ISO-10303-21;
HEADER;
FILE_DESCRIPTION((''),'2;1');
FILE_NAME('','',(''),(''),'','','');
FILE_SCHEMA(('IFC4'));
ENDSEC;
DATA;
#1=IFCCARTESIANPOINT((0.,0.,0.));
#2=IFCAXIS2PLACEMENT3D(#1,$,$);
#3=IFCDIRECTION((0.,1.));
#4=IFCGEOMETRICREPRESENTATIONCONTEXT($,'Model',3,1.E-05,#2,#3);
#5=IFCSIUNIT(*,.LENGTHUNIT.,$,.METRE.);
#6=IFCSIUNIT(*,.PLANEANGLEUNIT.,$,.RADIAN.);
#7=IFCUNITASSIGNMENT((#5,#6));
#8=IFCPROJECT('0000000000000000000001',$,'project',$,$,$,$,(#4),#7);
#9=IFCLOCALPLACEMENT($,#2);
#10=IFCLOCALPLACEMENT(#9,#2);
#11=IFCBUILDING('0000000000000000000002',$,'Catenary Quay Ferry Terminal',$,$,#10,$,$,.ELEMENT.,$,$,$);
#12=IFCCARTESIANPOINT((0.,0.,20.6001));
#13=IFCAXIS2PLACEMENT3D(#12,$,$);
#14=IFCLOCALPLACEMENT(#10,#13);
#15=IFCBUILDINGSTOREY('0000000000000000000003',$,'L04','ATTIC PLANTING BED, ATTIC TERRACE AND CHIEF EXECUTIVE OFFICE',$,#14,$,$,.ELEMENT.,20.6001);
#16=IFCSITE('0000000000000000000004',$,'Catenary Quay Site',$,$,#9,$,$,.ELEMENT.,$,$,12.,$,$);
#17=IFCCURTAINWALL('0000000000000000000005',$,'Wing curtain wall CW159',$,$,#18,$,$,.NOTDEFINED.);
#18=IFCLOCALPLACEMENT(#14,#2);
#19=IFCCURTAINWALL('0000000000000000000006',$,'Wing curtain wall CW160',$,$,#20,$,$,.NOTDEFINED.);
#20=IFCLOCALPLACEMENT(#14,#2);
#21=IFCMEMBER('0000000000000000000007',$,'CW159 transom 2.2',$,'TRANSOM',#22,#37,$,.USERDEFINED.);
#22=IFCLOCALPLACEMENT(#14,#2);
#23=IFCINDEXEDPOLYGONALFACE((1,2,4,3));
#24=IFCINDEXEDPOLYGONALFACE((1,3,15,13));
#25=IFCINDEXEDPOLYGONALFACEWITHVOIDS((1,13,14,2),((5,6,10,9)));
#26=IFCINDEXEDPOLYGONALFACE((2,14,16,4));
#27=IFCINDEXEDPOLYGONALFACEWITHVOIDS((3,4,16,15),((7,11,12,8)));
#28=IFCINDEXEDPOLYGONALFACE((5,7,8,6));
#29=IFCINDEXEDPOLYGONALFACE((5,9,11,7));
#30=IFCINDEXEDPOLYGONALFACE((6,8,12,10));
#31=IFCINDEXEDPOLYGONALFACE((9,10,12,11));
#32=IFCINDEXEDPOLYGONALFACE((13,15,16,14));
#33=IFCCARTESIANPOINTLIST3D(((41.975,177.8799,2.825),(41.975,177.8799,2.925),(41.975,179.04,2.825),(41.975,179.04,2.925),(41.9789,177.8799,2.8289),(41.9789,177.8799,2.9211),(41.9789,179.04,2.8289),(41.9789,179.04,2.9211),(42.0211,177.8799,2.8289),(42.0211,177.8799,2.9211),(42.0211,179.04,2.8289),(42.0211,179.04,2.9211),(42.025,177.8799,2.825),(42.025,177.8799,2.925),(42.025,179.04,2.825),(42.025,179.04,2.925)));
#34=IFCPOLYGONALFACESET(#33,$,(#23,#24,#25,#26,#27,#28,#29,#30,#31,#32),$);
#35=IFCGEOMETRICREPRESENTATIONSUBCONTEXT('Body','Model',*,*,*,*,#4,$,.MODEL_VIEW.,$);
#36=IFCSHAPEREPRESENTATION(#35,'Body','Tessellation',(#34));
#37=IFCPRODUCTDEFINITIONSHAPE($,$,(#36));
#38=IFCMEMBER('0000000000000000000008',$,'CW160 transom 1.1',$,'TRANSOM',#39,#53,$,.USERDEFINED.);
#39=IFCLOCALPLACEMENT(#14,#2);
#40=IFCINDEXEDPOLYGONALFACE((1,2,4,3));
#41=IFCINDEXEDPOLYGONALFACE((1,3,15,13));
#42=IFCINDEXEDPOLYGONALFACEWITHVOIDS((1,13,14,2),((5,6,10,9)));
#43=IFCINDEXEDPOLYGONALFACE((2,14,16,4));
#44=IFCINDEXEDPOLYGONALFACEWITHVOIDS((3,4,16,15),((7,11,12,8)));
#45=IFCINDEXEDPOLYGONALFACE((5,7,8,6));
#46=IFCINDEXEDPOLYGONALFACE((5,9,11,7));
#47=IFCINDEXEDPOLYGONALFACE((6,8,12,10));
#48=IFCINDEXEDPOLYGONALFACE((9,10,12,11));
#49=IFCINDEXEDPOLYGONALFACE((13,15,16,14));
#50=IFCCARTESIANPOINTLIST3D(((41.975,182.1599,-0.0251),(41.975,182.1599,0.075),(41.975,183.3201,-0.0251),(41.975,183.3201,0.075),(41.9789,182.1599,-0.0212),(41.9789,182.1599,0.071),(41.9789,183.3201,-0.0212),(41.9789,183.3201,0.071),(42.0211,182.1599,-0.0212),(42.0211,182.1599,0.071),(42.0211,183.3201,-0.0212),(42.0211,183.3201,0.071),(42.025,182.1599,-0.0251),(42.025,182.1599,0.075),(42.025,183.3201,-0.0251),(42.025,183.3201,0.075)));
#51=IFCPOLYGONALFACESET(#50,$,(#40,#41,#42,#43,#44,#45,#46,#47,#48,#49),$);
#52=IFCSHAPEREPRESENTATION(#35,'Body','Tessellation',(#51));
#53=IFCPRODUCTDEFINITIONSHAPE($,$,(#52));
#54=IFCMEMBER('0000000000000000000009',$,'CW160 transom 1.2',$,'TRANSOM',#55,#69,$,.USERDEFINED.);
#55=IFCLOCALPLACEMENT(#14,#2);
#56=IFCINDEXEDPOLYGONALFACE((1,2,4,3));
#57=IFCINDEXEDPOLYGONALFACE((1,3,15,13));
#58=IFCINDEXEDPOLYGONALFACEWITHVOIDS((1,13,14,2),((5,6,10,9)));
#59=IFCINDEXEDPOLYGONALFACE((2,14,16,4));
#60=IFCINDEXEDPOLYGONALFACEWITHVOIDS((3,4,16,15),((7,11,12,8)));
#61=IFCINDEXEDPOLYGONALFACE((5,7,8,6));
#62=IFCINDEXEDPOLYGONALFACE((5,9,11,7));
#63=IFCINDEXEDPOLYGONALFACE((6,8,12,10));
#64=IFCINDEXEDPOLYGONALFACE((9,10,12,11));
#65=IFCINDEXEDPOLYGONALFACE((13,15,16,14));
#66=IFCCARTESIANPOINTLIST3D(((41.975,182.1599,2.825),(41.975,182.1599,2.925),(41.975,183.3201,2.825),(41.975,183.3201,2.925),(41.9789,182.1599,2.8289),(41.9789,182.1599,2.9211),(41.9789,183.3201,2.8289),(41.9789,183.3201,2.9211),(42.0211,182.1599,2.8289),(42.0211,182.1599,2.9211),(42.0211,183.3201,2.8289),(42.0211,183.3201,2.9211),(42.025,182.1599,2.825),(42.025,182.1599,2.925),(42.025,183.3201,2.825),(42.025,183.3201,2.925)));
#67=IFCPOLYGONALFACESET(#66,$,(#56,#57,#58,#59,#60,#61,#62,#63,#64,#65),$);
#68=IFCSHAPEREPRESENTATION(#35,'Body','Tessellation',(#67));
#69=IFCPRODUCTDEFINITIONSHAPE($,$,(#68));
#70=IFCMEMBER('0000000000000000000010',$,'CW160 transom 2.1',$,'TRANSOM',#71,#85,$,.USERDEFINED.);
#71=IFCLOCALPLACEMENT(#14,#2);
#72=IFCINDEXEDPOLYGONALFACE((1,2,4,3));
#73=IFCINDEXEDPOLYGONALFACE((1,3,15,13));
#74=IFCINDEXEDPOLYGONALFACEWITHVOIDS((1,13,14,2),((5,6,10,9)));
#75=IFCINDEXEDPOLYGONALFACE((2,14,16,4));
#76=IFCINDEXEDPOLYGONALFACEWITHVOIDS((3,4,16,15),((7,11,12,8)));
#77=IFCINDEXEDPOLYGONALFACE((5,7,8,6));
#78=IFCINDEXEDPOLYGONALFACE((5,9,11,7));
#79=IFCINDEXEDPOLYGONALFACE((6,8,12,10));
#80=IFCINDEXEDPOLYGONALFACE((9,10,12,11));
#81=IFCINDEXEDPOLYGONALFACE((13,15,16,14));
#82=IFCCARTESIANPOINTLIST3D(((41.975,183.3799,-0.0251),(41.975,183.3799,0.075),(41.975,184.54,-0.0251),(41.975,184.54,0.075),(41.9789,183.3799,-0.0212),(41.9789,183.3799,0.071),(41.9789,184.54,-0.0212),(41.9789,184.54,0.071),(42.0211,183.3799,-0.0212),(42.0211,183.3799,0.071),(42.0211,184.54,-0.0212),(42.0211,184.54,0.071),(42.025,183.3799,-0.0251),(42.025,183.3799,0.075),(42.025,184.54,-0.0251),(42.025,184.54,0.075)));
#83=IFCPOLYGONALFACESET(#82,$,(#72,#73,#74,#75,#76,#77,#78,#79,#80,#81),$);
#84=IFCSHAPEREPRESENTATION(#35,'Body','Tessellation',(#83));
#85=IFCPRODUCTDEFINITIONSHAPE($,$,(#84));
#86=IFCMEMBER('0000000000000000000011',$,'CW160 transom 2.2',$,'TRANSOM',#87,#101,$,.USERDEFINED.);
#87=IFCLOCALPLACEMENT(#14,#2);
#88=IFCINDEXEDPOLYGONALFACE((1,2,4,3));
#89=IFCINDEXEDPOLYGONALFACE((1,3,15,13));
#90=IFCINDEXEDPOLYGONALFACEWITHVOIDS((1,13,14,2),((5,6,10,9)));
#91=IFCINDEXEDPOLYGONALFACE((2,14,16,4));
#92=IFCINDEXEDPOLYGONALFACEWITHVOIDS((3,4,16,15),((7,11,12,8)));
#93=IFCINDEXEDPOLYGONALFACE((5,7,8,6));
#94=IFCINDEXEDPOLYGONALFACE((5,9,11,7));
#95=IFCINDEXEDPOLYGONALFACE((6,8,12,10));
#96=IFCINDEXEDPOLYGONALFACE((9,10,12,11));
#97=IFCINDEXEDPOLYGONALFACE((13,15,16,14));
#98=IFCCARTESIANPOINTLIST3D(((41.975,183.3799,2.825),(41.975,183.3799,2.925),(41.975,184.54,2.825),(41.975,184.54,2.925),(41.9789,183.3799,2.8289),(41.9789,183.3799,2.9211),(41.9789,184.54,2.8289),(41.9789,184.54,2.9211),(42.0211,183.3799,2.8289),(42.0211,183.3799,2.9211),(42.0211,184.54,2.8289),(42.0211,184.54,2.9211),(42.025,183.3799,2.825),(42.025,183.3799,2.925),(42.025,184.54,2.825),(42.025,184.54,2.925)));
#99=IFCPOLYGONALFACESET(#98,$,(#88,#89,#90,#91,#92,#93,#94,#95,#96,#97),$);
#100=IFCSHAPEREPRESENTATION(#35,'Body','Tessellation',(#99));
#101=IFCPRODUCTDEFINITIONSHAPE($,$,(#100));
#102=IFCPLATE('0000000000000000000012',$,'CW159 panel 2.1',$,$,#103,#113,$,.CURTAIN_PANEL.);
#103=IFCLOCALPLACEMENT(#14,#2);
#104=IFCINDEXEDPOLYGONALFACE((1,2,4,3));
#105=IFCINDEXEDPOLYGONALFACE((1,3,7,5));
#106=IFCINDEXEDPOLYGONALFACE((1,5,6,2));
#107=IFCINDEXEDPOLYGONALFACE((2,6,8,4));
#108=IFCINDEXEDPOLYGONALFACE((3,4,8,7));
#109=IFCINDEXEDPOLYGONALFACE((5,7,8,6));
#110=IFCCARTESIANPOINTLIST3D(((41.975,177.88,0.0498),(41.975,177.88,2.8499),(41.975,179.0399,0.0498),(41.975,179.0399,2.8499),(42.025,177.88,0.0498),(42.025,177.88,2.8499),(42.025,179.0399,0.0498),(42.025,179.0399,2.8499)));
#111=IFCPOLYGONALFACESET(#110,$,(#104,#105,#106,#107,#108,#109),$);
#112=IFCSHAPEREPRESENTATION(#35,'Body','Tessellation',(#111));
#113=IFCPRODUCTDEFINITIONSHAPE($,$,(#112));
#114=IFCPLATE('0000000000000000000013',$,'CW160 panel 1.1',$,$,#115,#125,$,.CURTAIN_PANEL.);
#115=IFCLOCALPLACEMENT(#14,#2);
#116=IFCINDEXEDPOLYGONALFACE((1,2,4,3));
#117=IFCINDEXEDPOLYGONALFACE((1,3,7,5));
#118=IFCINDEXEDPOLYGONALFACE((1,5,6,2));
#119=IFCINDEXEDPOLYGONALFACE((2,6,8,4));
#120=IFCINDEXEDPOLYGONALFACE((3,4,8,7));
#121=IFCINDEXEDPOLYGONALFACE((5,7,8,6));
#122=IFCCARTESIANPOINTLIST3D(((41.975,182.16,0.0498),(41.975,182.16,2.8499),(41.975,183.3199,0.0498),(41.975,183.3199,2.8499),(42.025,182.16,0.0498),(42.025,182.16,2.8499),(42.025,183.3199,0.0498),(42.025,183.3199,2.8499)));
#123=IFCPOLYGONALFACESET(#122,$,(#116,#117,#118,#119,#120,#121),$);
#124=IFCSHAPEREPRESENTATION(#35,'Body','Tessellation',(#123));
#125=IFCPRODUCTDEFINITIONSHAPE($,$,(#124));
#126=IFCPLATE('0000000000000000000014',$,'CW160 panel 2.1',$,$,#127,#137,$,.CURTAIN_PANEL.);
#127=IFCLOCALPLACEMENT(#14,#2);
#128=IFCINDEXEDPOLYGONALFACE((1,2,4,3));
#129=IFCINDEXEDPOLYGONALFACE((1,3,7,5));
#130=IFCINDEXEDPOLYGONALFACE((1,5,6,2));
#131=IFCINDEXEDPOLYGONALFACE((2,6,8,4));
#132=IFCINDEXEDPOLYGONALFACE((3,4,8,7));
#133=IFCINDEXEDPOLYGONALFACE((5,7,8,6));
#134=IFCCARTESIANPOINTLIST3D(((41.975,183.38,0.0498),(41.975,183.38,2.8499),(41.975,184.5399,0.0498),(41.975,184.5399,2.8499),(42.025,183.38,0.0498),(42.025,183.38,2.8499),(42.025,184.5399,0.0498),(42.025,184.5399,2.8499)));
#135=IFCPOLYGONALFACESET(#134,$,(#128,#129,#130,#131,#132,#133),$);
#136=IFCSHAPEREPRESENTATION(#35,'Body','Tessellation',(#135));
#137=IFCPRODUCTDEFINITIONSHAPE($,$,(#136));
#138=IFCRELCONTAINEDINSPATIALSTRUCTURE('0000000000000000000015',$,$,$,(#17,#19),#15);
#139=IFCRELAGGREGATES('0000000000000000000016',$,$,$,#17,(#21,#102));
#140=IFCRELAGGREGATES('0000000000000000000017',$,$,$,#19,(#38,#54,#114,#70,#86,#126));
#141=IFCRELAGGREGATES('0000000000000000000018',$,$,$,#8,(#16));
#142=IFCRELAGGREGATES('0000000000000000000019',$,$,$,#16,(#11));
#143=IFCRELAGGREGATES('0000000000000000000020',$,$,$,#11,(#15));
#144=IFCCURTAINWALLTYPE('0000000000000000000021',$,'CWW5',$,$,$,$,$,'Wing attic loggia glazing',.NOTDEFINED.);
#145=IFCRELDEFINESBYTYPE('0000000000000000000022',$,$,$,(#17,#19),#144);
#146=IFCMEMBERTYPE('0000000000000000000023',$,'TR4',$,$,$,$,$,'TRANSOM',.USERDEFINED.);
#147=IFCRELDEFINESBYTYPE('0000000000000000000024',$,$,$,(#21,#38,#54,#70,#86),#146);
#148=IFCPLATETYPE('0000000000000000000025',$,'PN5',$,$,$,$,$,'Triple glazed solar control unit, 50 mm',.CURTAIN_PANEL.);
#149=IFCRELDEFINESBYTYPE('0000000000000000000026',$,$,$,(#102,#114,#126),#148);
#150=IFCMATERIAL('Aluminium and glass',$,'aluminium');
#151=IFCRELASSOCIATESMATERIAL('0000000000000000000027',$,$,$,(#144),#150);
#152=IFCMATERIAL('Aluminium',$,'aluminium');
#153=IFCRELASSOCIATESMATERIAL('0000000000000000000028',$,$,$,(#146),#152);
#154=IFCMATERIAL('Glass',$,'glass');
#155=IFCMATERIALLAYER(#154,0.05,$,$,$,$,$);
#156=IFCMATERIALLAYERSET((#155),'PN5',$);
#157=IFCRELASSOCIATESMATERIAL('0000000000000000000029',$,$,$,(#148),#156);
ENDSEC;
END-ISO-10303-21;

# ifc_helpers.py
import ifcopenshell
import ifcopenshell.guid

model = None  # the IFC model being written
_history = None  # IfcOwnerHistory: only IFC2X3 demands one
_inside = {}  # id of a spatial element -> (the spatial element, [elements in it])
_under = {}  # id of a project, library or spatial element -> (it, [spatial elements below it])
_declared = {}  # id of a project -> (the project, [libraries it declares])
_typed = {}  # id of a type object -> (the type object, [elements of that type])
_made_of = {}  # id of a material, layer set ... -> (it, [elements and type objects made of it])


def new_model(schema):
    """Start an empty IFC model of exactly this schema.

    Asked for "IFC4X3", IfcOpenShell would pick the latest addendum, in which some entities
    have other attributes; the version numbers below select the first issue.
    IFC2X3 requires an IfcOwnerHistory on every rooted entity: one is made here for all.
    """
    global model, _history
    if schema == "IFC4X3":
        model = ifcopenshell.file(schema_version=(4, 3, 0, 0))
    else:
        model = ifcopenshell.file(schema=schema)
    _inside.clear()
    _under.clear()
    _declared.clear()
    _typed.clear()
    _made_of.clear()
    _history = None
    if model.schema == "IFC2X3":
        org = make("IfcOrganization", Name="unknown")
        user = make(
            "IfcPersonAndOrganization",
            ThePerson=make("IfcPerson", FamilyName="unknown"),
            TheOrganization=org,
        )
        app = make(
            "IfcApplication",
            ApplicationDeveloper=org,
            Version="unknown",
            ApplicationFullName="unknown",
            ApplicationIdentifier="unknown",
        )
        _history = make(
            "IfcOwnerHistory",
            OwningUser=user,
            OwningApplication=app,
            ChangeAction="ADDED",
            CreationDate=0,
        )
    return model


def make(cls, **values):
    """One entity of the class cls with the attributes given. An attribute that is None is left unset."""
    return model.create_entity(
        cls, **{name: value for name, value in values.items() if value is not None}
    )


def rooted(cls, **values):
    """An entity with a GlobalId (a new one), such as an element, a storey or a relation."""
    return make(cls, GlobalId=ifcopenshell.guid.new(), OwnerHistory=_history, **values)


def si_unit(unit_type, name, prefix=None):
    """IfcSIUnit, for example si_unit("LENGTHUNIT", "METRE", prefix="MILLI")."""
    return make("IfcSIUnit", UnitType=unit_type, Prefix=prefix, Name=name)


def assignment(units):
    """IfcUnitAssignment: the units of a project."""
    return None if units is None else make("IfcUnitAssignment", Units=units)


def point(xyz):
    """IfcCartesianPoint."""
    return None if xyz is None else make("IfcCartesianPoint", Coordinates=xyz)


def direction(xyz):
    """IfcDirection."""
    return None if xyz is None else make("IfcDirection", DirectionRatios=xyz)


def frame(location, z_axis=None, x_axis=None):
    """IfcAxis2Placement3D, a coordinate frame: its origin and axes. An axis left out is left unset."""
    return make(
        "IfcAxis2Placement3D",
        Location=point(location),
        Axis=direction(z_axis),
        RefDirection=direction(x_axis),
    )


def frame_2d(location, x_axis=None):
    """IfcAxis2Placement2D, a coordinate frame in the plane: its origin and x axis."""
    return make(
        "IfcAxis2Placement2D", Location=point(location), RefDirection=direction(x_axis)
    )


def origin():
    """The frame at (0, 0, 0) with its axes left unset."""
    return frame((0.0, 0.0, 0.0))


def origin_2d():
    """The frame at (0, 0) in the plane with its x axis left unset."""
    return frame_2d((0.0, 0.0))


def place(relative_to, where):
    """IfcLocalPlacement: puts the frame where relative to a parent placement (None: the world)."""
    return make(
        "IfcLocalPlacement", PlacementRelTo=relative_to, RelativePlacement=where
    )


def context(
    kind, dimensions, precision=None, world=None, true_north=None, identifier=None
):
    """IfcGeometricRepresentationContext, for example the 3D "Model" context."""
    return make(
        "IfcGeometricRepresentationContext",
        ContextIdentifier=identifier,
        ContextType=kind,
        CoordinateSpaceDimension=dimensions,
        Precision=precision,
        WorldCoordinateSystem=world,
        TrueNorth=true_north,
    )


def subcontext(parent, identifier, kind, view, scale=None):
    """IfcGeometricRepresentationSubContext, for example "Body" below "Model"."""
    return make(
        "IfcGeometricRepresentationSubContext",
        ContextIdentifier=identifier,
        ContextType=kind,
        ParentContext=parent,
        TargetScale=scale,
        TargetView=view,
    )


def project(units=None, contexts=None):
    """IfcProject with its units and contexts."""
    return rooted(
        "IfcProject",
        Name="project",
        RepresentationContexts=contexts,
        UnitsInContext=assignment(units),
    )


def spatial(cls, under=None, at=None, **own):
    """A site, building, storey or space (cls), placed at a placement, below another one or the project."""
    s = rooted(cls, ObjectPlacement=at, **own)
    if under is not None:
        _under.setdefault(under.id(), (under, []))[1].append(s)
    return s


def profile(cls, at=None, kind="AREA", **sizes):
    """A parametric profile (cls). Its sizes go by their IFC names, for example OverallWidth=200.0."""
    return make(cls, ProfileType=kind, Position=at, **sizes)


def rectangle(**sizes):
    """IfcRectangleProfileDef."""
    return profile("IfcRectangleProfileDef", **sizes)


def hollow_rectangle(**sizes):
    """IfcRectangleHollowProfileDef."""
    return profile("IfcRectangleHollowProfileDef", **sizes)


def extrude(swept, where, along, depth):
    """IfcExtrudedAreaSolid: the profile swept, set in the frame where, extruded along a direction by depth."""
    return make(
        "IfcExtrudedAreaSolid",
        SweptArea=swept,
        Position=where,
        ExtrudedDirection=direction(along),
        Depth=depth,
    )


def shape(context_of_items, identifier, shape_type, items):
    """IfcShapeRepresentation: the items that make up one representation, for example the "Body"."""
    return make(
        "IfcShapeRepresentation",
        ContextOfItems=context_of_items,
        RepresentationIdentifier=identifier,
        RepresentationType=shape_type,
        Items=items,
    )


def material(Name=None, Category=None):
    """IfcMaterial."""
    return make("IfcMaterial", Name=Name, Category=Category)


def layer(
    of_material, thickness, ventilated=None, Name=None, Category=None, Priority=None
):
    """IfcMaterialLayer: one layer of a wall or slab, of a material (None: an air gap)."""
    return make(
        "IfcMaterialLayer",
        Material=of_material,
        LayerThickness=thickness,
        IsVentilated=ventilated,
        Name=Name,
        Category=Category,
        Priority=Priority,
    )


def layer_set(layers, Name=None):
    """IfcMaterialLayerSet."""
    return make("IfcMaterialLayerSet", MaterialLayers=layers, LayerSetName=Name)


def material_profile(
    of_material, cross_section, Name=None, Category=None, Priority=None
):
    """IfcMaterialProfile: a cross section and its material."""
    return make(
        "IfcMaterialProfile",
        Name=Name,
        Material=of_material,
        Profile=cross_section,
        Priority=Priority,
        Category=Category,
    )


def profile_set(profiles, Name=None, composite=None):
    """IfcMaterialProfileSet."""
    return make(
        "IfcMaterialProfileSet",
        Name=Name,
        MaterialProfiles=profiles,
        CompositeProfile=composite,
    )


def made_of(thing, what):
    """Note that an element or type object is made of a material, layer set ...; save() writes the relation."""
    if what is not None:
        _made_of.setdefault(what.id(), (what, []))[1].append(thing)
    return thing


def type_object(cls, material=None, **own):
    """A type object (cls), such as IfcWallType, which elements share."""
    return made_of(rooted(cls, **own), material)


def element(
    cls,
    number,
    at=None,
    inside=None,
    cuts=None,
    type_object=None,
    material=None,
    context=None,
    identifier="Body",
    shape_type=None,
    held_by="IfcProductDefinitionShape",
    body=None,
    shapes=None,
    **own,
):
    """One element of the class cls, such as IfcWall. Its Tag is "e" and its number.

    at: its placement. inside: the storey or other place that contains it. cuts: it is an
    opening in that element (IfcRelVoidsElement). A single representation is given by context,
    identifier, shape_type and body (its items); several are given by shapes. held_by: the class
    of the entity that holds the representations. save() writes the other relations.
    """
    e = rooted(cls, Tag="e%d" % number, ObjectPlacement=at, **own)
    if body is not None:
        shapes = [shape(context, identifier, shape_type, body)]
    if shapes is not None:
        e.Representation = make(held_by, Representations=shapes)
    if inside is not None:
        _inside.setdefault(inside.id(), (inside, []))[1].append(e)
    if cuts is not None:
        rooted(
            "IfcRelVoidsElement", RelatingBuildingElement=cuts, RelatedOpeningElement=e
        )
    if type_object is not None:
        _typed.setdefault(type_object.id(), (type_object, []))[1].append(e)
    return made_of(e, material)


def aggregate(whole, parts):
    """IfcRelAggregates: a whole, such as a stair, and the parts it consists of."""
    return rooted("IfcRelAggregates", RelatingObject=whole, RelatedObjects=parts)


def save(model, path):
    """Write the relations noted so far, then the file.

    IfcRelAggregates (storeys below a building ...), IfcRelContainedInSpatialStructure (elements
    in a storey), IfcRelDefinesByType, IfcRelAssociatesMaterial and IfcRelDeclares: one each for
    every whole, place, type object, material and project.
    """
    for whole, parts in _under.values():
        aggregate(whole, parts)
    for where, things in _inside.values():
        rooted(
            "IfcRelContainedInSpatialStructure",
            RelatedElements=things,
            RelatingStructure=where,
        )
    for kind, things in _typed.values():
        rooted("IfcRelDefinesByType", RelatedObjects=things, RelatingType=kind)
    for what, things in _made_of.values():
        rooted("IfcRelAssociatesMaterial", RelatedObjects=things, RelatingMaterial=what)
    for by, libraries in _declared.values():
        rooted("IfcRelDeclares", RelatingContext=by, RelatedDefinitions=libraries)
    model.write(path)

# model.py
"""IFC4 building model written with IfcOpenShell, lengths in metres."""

from ifc_helpers import new_model, si_unit, direction, frame, origin, origin_2d, place, context, subcontext, project, spatial, rectangle, hollow_rectangle, extrude, material, layer, layer_set, material_profile, profile_set, type_object, element, aggregate, save


model = new_model("IFC4")

# Units and contexts
model_context = context("Model", 3, precision=1e-05, world=origin(), true_north=direction((0.0, 1.0)))
body_context = subcontext(model_context, "Body", "Model", "MODEL_VIEW")
ifc_project = project(units=[si_unit("LENGTHUNIT", "METRE"), si_unit("PLANEANGLEUNIT", "RADIAN")], contexts=[model_context])

# Site, building, storey
site_placement = place(None, origin())
site = spatial("IfcSite", under=ifc_project, at=site_placement, Name="Catenary Quay Site", CompositionType="ELEMENT", RefElevation=12.0)
building_placement = place(site_placement, origin())
building = spatial("IfcBuilding", under=site, at=building_placement, Name="Catenary Quay Ferry Terminal", CompositionType="ELEMENT")
storey_placement = place(building_placement, frame((0.0, 0.0, 20.6001)))
storey = spatial("IfcBuildingStorey", under=building, at=storey_placement, Name="L04", Description="ATTIC PLANTING BED, ATTIC TERRACE AND CHIEF EXECUTIVE OFFICE", CompositionType="ELEMENT", Elevation=20.6001)

# Curtain walls
ifc_material_1 = material(Name="Aluminium and glass", Category="aluminium")
curtain_wall_type = type_object("IfcCurtainWallType", Name="CWW5", ElementType="Wing attic loggia glazing", PredefinedType="NOTDEFINED", material=ifc_material_1)
curtain_wall_1_placement = place(storey_placement, origin())
curtain_wall_1 = element("IfcCurtainWall", 1, at=curtain_wall_1_placement, inside=storey, type_object=curtain_wall_type, Name="Wing curtain wall CW159", PredefinedType="NOTDEFINED")
curtain_wall_2_placement = place(storey_placement, origin())
curtain_wall_2 = element("IfcCurtainWall", 2, at=curtain_wall_2_placement, inside=storey, type_object=curtain_wall_type, Name="Wing curtain wall CW160", PredefinedType="NOTDEFINED")

# Members
ifc_material_2 = material(Name="Aluminium", Category="aluminium")
ifc_material_profile_1 = material_profile(ifc_material_2, hollow_rectangle(XDim=0.05, YDim=0.1001, WallThickness=0.0039, at=origin_2d()), Name="TR4")
ifc_profile_set_1 = profile_set([ifc_material_profile_1], Name="Aluminium")
member_type_1 = type_object("IfcMemberType", Name="TR4", ElementType="TRANSOM", PredefinedType="USERDEFINED", material=ifc_profile_set_1)
member_1_placement = place(storey_placement, frame((42.0, 177.8799, 2.875), z_axis=(0.0, 1.0, 0.0), x_axis=(-1.0, 0.0, 0.0)))
member_1 = element("IfcMember", 3, at=member_1_placement, type_object=member_type_1, Name="CW159 transom 2.2", ObjectType="TRANSOM", PredefinedType="USERDEFINED", context=body_context, shape_type="SweptSolid", body=[
    extrude(hollow_rectangle(XDim=0.05, YDim=0.1001, WallThickness=0.0039, at=origin_2d()), origin(), (0.0, 0.0, 1.0), 1.1602),
])
member_2_placement = place(storey_placement, frame((42.0, 182.1599, 0.0249), z_axis=(0.0, 1.0, 0.0), x_axis=(-1.0, 0.0, 0.0)))
member_2 = element("IfcMember", 4, at=member_2_placement, type_object=member_type_1, Name="CW160 transom 1.1", ObjectType="TRANSOM", PredefinedType="USERDEFINED", context=body_context, shape_type="SweptSolid", body=[
    extrude(hollow_rectangle(XDim=0.05, YDim=0.1001, WallThickness=0.0039, at=origin_2d()), origin(), (0.0, 0.0, 1.0), 1.1602),
])
member_3_placement = place(storey_placement, frame((42.0, 182.1599, 2.875), z_axis=(0.0, 1.0, 0.0), x_axis=(-1.0, 0.0, 0.0)))
member_3 = element("IfcMember", 5, at=member_3_placement, type_object=member_type_1, Name="CW160 transom 1.2", ObjectType="TRANSOM", PredefinedType="USERDEFINED", context=body_context, shape_type="SweptSolid", body=[
    extrude(hollow_rectangle(XDim=0.05, YDim=0.1001, WallThickness=0.0039, at=origin_2d()), origin(), (0.0, 0.0, 1.0), 1.1602),
])
member_4_placement = place(storey_placement, frame((42.0, 183.3799, 0.0249), z_axis=(0.0, 1.0, 0.0), x_axis=(-1.0, 0.0, 0.0)))
member_4 = element("IfcMember", 6, at=member_4_placement, type_object=member_type_1, Name="CW160 transom 2.1", ObjectType="TRANSOM", PredefinedType="USERDEFINED", context=body_context, shape_type="SweptSolid", body=[
    extrude(hollow_rectangle(XDim=0.05, YDim=0.1001, WallThickness=0.0039, at=origin_2d()), origin(), (0.0, 0.0, 1.0), 1.1602),
])
member_5_placement = place(storey_placement, frame((42.0, 183.3799, 2.875), z_axis=(0.0, 1.0, 0.0), x_axis=(-1.0, 0.0, 0.0)))
member_5 = element("IfcMember", 7, at=member_5_placement, type_object=member_type_1, Name="CW160 transom 2.2", ObjectType="TRANSOM", PredefinedType="USERDEFINED", context=body_context, shape_type="SweptSolid", body=[
    extrude(hollow_rectangle(XDim=0.05, YDim=0.1001, WallThickness=0.0039, at=origin_2d()), origin(), (0.0, 0.0, 1.0), 1.1602),
])

# Plates
ifc_material_3 = material(Name="Glass", Category="glass")
ifc_layer_1 = layer(ifc_material_3, 0.05)
ifc_layer_set_1 = layer_set([ifc_layer_1], Name="PN5")
plate_type = type_object("IfcPlateType", Name="PN5", ElementType="Triple glazed solar control unit, 50 mm", PredefinedType="CURTAIN_PANEL", material=ifc_layer_set_1)
plate_1_placement = place(storey_placement, frame((42.0, 178.46, 0.0498), z_axis=(0.0, 0.0, 1.0), x_axis=(0.0, 1.0, 0.0)))
plate_1 = element("IfcPlate", 8, at=plate_1_placement, type_object=plate_type, Name="CW159 panel 2.1", PredefinedType="CURTAIN_PANEL", context=body_context, shape_type="SweptSolid", body=[
    extrude(rectangle(XDim=1.1599, YDim=0.05, at=origin_2d()), origin(), (0.0, 0.0, 1.0), 2.8),
])
aggregate(curtain_wall_1, [member_1, plate_1])
plate_2_placement = place(storey_placement, frame((42.0, 182.74, 0.0498), z_axis=(0.0, 0.0, 1.0), x_axis=(0.0, 1.0, 0.0)))
plate_2 = element("IfcPlate", 9, at=plate_2_placement, type_object=plate_type, Name="CW160 panel 1.1", PredefinedType="CURTAIN_PANEL", context=body_context, shape_type="SweptSolid", body=[
    extrude(rectangle(XDim=1.1599, YDim=0.05, at=origin_2d()), origin(), (0.0, 0.0, 1.0), 2.8),
])
plate_3_placement = place(storey_placement, frame((42.0, 183.96, 0.0498), z_axis=(0.0, 0.0, 1.0), x_axis=(0.0, 1.0, 0.0)))
plate_3 = element("IfcPlate", 10, at=plate_3_placement, type_object=plate_type, Name="CW160 panel 2.1", PredefinedType="CURTAIN_PANEL", context=body_context, shape_type="SweptSolid", body=[
    extrude(rectangle(XDim=1.1599, YDim=0.05, at=origin_2d()), origin(), (0.0, 0.0, 1.0), 2.8),
])
aggregate(curtain_wall_2, [member_2, member_3, plate_2, member_4, member_5, plate_3])

save(model, "model.ifc")
